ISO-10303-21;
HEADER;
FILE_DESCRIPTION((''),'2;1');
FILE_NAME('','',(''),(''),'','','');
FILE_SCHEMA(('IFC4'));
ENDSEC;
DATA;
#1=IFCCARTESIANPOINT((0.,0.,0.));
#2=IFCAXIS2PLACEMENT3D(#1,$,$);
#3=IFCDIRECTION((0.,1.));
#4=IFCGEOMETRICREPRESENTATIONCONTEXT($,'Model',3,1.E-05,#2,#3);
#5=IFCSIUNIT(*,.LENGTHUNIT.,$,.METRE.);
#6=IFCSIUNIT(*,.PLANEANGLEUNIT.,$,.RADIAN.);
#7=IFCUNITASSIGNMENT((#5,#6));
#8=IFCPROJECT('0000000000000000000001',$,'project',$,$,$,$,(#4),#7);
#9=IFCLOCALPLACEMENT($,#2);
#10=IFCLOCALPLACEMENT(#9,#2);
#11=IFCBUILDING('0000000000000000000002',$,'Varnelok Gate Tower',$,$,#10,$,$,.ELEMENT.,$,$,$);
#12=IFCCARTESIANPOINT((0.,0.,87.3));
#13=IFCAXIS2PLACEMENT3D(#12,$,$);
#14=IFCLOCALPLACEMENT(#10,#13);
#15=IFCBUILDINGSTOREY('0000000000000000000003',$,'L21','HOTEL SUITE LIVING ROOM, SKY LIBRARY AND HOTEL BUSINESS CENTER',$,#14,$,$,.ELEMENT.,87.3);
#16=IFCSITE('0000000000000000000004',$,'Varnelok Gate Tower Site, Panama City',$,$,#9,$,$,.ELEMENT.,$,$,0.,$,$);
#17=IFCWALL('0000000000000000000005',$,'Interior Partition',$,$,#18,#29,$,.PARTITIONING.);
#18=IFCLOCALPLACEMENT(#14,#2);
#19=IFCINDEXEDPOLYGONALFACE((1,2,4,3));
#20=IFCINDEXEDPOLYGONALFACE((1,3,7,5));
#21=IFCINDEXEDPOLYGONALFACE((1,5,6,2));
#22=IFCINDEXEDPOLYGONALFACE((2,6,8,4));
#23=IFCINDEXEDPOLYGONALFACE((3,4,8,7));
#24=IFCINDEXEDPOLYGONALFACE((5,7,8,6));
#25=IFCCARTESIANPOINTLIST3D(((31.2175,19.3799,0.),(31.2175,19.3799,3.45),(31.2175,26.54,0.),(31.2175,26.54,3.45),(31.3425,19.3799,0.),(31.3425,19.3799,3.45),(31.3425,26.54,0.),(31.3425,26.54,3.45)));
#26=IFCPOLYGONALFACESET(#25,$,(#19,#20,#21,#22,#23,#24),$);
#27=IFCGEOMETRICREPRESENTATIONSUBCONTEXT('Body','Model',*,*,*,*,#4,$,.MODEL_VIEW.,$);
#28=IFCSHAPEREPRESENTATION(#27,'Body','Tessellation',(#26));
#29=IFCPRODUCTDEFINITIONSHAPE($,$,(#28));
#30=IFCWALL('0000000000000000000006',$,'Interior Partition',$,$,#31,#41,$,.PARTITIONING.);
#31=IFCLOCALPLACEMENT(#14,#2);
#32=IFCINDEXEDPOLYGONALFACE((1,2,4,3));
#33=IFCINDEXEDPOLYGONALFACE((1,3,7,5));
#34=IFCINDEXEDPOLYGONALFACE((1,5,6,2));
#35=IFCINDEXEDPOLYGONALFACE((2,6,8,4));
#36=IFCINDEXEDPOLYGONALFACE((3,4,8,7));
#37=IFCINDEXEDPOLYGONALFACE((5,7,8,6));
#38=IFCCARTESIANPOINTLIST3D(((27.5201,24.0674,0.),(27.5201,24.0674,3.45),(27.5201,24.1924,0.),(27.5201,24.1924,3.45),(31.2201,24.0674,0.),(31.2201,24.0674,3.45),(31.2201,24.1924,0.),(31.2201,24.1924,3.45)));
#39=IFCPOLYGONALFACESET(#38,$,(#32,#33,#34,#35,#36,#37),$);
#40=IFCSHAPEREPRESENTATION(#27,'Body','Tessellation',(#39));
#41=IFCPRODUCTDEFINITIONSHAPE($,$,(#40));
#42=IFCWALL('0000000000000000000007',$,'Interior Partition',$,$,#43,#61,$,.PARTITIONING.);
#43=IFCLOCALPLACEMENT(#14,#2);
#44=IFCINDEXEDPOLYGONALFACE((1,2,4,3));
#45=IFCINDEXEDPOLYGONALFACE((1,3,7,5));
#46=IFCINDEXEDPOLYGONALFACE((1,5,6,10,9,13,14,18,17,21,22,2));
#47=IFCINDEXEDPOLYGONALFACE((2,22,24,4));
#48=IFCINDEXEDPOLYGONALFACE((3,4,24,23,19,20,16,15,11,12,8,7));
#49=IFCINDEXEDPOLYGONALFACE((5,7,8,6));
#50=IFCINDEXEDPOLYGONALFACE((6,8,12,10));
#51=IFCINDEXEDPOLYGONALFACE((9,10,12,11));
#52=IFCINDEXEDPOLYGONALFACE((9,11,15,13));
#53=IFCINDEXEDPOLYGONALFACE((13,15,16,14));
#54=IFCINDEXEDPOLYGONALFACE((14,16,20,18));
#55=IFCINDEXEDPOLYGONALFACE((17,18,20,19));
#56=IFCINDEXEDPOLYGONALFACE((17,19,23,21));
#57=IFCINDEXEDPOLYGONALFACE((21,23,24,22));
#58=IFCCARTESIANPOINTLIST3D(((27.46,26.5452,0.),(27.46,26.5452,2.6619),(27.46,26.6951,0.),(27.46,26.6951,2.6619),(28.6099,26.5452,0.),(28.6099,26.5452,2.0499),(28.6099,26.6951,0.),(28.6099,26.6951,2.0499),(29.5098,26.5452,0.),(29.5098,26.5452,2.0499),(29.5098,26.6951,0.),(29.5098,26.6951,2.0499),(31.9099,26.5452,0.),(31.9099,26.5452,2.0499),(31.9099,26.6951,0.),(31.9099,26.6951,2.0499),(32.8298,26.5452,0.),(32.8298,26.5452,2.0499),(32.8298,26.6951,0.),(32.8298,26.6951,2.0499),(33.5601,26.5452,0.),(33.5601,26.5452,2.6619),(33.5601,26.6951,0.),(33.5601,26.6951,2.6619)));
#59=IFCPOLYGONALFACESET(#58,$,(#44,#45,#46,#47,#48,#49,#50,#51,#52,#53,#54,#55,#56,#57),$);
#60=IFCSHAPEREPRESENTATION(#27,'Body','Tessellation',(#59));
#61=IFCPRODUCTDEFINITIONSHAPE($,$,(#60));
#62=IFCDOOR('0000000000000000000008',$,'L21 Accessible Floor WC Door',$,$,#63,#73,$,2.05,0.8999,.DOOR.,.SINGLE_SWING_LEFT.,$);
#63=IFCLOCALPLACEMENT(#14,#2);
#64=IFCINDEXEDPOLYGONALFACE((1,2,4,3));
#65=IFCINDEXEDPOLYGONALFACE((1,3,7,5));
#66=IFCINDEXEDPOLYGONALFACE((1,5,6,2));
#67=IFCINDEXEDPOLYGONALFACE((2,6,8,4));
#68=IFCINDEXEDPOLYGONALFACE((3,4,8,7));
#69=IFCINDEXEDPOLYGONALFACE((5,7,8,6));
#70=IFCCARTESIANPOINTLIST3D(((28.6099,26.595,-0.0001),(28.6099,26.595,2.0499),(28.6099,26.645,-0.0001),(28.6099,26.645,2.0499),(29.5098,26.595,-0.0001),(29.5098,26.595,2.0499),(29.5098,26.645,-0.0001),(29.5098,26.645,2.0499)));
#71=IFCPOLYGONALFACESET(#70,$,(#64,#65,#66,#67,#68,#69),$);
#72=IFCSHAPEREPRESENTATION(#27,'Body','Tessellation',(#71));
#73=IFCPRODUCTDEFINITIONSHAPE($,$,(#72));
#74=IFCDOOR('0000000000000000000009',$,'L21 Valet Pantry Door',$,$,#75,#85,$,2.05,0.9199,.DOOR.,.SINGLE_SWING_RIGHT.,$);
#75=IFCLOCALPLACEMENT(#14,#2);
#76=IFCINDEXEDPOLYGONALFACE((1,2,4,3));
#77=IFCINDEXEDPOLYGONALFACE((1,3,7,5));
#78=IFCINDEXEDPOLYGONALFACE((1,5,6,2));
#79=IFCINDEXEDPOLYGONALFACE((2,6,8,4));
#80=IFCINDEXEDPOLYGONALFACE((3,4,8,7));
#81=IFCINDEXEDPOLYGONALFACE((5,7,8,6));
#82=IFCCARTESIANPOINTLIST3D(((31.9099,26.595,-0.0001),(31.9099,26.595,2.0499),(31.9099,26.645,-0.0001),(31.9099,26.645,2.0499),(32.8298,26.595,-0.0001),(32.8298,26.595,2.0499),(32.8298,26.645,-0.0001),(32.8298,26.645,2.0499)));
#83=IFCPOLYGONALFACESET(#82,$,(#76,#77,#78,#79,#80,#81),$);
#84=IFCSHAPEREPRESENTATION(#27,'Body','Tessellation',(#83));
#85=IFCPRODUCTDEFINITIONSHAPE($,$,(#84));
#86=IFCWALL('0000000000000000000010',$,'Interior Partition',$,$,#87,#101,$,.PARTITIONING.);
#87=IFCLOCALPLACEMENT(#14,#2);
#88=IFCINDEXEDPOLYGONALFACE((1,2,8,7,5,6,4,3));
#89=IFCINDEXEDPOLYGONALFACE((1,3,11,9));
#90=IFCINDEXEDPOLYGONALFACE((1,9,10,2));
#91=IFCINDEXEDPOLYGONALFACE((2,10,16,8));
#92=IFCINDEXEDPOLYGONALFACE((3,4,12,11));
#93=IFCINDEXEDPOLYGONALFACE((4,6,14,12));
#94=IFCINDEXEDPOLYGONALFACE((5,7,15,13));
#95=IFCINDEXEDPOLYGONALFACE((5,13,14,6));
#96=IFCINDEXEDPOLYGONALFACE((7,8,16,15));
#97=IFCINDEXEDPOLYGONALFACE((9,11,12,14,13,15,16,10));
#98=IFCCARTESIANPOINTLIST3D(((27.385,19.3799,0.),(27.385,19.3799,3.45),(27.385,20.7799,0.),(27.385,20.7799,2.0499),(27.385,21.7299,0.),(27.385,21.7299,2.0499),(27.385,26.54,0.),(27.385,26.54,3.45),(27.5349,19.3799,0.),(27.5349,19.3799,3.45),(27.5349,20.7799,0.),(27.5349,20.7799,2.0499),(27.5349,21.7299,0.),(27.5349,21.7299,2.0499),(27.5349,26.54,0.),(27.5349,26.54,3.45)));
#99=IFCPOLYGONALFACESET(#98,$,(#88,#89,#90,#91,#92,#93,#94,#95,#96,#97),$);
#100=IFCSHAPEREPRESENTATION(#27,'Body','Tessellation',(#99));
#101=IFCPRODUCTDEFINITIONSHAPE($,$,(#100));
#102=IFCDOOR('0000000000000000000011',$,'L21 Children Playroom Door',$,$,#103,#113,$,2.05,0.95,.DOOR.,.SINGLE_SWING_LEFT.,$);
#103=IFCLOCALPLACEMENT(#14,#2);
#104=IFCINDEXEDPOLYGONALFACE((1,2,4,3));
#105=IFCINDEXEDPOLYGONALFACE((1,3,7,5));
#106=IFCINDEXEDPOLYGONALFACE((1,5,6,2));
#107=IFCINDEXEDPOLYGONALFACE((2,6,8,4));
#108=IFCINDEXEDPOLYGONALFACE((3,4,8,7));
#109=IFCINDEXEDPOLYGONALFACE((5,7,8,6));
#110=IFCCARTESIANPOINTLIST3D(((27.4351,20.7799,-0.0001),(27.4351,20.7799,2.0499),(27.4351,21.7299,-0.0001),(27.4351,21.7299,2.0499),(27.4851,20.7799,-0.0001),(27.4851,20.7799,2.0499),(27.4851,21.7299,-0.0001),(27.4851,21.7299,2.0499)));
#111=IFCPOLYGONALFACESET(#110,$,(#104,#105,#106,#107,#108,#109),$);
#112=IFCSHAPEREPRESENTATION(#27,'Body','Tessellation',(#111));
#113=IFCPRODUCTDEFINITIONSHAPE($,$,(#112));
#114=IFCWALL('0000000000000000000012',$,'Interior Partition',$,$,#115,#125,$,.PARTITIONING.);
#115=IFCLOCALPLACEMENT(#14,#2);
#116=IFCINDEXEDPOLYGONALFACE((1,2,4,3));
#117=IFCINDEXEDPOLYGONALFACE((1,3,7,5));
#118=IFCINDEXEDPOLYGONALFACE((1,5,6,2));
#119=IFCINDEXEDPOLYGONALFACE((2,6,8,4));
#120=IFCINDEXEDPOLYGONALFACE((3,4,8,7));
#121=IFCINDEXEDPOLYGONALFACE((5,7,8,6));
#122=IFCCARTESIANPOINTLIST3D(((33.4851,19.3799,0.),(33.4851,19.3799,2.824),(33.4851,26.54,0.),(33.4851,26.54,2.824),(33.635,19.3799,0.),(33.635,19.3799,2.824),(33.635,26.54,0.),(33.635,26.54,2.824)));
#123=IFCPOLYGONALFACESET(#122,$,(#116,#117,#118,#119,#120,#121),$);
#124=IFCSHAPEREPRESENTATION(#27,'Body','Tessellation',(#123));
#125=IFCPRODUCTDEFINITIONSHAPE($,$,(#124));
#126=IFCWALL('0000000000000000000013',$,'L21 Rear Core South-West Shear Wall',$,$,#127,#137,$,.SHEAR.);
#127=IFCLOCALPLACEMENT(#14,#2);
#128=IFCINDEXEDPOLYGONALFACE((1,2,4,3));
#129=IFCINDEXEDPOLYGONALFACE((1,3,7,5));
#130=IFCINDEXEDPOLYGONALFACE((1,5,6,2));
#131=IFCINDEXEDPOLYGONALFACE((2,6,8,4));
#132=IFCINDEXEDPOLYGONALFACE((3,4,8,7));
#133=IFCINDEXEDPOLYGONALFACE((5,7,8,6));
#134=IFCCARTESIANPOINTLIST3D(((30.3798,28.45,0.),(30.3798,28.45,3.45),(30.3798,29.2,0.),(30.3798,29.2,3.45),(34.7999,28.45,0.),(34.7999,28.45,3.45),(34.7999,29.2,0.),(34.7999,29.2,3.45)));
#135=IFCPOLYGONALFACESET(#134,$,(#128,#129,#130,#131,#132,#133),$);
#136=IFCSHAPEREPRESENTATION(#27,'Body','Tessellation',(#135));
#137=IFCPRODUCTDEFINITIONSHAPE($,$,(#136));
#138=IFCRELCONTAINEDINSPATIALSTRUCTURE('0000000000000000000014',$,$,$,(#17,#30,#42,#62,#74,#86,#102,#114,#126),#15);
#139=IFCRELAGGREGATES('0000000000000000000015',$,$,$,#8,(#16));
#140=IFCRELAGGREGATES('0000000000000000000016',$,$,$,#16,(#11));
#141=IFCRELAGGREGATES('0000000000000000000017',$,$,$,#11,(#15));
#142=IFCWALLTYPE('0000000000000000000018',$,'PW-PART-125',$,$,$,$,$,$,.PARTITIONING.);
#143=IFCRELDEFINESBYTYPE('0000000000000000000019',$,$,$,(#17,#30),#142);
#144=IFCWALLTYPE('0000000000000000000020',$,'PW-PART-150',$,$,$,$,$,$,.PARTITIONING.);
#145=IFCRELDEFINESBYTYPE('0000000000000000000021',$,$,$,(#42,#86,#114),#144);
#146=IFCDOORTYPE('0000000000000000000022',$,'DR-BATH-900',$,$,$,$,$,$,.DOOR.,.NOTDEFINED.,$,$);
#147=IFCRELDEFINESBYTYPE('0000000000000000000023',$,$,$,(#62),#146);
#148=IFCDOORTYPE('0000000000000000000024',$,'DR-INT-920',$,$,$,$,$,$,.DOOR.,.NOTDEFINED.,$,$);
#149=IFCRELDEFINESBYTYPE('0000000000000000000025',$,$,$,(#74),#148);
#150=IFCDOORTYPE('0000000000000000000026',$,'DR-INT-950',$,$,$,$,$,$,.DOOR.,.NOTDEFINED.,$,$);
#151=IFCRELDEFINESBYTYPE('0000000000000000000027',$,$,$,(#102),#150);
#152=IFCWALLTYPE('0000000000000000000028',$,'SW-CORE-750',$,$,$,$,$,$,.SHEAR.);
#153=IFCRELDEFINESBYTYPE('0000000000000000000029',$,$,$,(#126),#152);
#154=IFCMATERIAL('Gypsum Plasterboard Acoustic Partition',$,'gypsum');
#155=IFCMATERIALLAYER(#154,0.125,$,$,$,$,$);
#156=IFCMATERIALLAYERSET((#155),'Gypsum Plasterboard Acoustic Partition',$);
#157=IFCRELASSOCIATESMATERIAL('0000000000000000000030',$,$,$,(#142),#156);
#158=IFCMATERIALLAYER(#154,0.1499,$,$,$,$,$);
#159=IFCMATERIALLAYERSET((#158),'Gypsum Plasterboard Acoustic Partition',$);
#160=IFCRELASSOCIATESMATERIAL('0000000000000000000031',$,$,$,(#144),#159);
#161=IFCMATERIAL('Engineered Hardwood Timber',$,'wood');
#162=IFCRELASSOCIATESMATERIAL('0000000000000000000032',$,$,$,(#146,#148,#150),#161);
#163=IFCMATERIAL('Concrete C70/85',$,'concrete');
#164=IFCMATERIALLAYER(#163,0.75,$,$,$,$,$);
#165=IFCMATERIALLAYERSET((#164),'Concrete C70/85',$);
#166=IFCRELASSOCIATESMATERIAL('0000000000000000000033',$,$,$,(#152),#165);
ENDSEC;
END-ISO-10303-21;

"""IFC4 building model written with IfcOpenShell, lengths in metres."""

from ifc_helpers import new_model, si_unit, direction, frame, frame_2d, origin, place, context, subcontext, project, spatial, rectangle, extrude, material, layer, layer_set, type_object, element, fill, save


model = new_model("IFC4")

# Units and contexts
model_context = context("Model", 3, precision=1e-05, world=origin(), true_north=direction((0.0, 1.0)))
body_context = subcontext(model_context, "Body", "Model", "MODEL_VIEW")
ifc_project = project(units=[si_unit("LENGTHUNIT", "METRE"), si_unit("PLANEANGLEUNIT", "RADIAN")], contexts=[model_context])

# Site, building, storey
site_placement = place(None, origin())
site = spatial("IfcSite", under=ifc_project, at=site_placement, Name="Varnelok Gate Tower Site, Panama City", CompositionType="ELEMENT", RefElevation=0.0)
building_placement = place(site_placement, origin())
building = spatial("IfcBuilding", under=site, at=building_placement, Name="Varnelok Gate Tower", CompositionType="ELEMENT")
storey_placement = place(building_placement, frame((0.0, 0.0, 87.3)))
storey = spatial("IfcBuildingStorey", under=building, at=storey_placement, Name="L21", Description="HOTEL SUITE LIVING ROOM, SKY LIBRARY AND HOTEL BUSINESS CENTER", CompositionType="ELEMENT", Elevation=87.3)

# Shared definitions
ifc_material_1 = material(Name="Concrete C70/85", Category="concrete")

# Walls
ifc_material_2 = material(Name="Gypsum Plasterboard Acoustic Partition", Category="gypsum")
ifc_layer_1 = layer(ifc_material_2, 0.125)
ifc_layer_set_1 = layer_set([ifc_layer_1], Name="Gypsum Plasterboard Acoustic Partition")
wall_type_1 = type_object("IfcWallType", Name="PW-PART-125", PredefinedType="PARTITIONING", material=ifc_layer_set_1)
wall_1_placement = place(storey_placement, frame((31.28, 19.3799, 0.0), z_axis=(0.0, 0.0, 1.0), x_axis=(0.0, 1.0, 0.0)))
element("IfcWall", 1, at=wall_1_placement, inside=storey, type_object=wall_type_1, Name="Interior Partition", PredefinedType="PARTITIONING", context=body_context, shape_type="SweptSolid", body=[
    extrude(rectangle(XDim=7.1602, YDim=0.125, at=frame_2d((3.5801, 0.0))), origin(), (0.0, 0.0, 1.0), 3.45),
])
wall_2_placement = place(storey_placement, frame((27.52, 24.1299, 0.0), z_axis=(0.0, 0.0, 1.0), x_axis=(1.0, 0.0, 0.0)))
element("IfcWall", 2, at=wall_2_placement, inside=storey, type_object=wall_type_1, Name="Interior Partition", PredefinedType="PARTITIONING", context=body_context, shape_type="SweptSolid", body=[
    extrude(rectangle(XDim=3.7, YDim=0.125, at=frame_2d((1.8501, 0.0))), origin(), (0.0, 0.0, 1.0), 3.45),
])

# Wall, openings, doors
ifc_layer_2 = layer(ifc_material_2, 0.1499)
ifc_layer_set_2 = layer_set([ifc_layer_2], Name="Gypsum Plasterboard Acoustic Partition")
wall_type_2 = type_object("IfcWallType", Name="PW-PART-150", PredefinedType="PARTITIONING", material=ifc_layer_set_2)
wall_3_placement = place(storey_placement, frame((27.46, 26.6201, 0.0), z_axis=(0.0, 0.0, 1.0), x_axis=(1.0, 0.0, 0.0)))
wall_3 = element("IfcWall", 3, at=wall_3_placement, inside=storey, type_object=wall_type_2, Name="Interior Partition", PredefinedType="PARTITIONING", context=body_context, shape_type="SweptSolid", body=[
    extrude(rectangle(XDim=6.1001, YDim=0.1499, at=frame_2d((3.05, 0.0))), origin(), (0.0, 0.0, 1.0), 2.6619),
])
opening_1_placement = place(wall_3_placement, frame((1.1499, 0.0, 0.0)))
opening_1 = element("IfcOpeningElement", 4, at=opening_1_placement, cuts=wall_3, PredefinedType="OPENING", context=body_context, shape_type="SweptSolid", body=[
    extrude(rectangle(XDim=0.8999, YDim=2.05, at=frame_2d((0.45, 1.0249))), frame((0.0, 0.085, 0.0), z_axis=(0.0, -1.0, 0.0), x_axis=(1.0, 0.0, 0.0)), (0.0, 0.0, 1.0), 0.1699),
])
opening_2_placement = place(wall_3_placement, frame((4.45, 0.0, 0.0)))
opening_2 = element("IfcOpeningElement", 5, at=opening_2_placement, cuts=wall_3, PredefinedType="OPENING", context=body_context, shape_type="SweptSolid", body=[
    extrude(rectangle(XDim=0.9199, YDim=2.05, at=frame_2d((0.46, 1.0249))), frame((0.0, 0.085, 0.0), z_axis=(0.0, -1.0, 0.0), x_axis=(1.0, 0.0, 0.0)), (0.0, 0.0, 1.0), 0.1699),
])
ifc_material_3 = material(Name="Engineered Hardwood Timber", Category="wood")
door_type_1 = type_object("IfcDoorType", Name="DR-BATH-900", OperationType="NOTDEFINED", PredefinedType="DOOR", material=ifc_material_3)
door_1_placement = place(opening_1_placement, origin())
door_1 = element("IfcDoor", 6, at=door_1_placement, inside=storey, type_object=door_type_1, Name="L21 Accessible Floor WC Door", OperationType="SINGLE_SWING_LEFT", OverallHeight=2.05, OverallWidth=0.8999, PredefinedType="DOOR", context=body_context, shape_type="SweptSolid", body=[
    extrude(rectangle(XDim=0.8999, YDim=2.05, at=frame_2d((0.45, 1.0249))), frame((0.0, 0.0249, 0.0), z_axis=(0.0, -1.0, 0.0), x_axis=(1.0, 0.0, 0.0)), (0.0, 0.0, 1.0), 0.05),
])
fill(opening_1, door_1)
door_type_2 = type_object("IfcDoorType", Name="DR-INT-920", OperationType="NOTDEFINED", PredefinedType="DOOR", material=ifc_material_3)
door_2_placement = place(opening_2_placement, origin())
door_2 = element("IfcDoor", 7, at=door_2_placement, inside=storey, type_object=door_type_2, Name="L21 Valet Pantry Door", OperationType="SINGLE_SWING_RIGHT", OverallHeight=2.05, OverallWidth=0.9199, PredefinedType="DOOR", context=body_context, shape_type="SweptSolid", body=[
    extrude(rectangle(XDim=0.9199, YDim=2.05, at=frame_2d((0.46, 1.0249))), frame((0.0, 0.0249, 0.0), z_axis=(0.0, -1.0, 0.0), x_axis=(1.0, 0.0, 0.0)), (0.0, 0.0, 1.0), 0.05),
])
fill(opening_2, door_2)

# Wall, opening, door
wall_4_placement = place(storey_placement, frame((27.46, 19.3799, 0.0), z_axis=(0.0, 0.0, 1.0), x_axis=(0.0, 1.0, 0.0)))
wall_4 = element("IfcWall", 8, at=wall_4_placement, inside=storey, type_object=wall_type_2, Name="Interior Partition", PredefinedType="PARTITIONING", context=body_context, shape_type="SweptSolid", body=[
    extrude(rectangle(XDim=7.1602, YDim=0.1499, at=frame_2d((3.5801, 0.0))), origin(), (0.0, 0.0, 1.0), 3.45),
])
opening_3_placement = place(wall_4_placement, frame((1.3999, 0.0, 0.0)))
opening_3 = element("IfcOpeningElement", 9, at=opening_3_placement, cuts=wall_4, PredefinedType="OPENING", context=body_context, shape_type="SweptSolid", body=[
    extrude(rectangle(XDim=0.95, YDim=2.05, at=frame_2d((0.4751, 1.0249))), frame((0.0, 0.085, 0.0), z_axis=(0.0, -1.0, 0.0), x_axis=(1.0, 0.0, 0.0)), (0.0, 0.0, 1.0), 0.1699),
])
door_type_3 = type_object("IfcDoorType", Name="DR-INT-950", OperationType="NOTDEFINED", PredefinedType="DOOR", material=ifc_material_3)
door_3_placement = place(opening_3_placement, origin())
door_3 = element("IfcDoor", 10, at=door_3_placement, inside=storey, type_object=door_type_3, Name="L21 Children Playroom Door", OperationType="SINGLE_SWING_LEFT", OverallHeight=2.05, OverallWidth=0.95, PredefinedType="DOOR", context=body_context, shape_type="SweptSolid", body=[
    extrude(rectangle(XDim=0.95, YDim=2.05, at=frame_2d((0.4751, 1.0249))), frame((0.0, 0.0249, 0.0), z_axis=(0.0, -1.0, 0.0), x_axis=(1.0, 0.0, 0.0)), (0.0, 0.0, 1.0), 0.05),
])
fill(opening_3, door_3)

# Walls
wall_5_placement = place(storey_placement, frame((33.5601, 19.3799, 0.0), z_axis=(0.0, 0.0, 1.0), x_axis=(0.0, 1.0, 0.0)))
element("IfcWall", 11, at=wall_5_placement, inside=storey, type_object=wall_type_2, Name="Interior Partition", PredefinedType="PARTITIONING", context=body_context, shape_type="SweptSolid", body=[
    extrude(rectangle(XDim=7.1602, YDim=0.1499, at=frame_2d((3.5801, 0.0))), origin(), (0.0, 0.0, 1.0), 2.824),
])
ifc_layer_3 = layer(ifc_material_1, 0.75)
ifc_layer_set_3 = layer_set([ifc_layer_3], Name="Concrete C70/85")
wall_type_3 = type_object("IfcWallType", Name="SW-CORE-750", PredefinedType="SHEAR", material=ifc_layer_set_3)
wall_6_placement = place(storey_placement, frame((30.3799, 28.825, 0.0), z_axis=(0.0, 0.0, 1.0), x_axis=(1.0, 0.0, 0.0)))
element("IfcWall", 12, at=wall_6_placement, inside=storey, type_object=wall_type_3, Name="L21 Rear Core South-West Shear Wall", PredefinedType="SHEAR", context=body_context, shape_type="SweptSolid", body=[
    extrude(rectangle(XDim=4.4202, YDim=0.75, at=frame_2d((2.21, 0.0))), origin(), (0.0, 0.0, 1.0), 3.45),
])

save(model, "model.ifc")
